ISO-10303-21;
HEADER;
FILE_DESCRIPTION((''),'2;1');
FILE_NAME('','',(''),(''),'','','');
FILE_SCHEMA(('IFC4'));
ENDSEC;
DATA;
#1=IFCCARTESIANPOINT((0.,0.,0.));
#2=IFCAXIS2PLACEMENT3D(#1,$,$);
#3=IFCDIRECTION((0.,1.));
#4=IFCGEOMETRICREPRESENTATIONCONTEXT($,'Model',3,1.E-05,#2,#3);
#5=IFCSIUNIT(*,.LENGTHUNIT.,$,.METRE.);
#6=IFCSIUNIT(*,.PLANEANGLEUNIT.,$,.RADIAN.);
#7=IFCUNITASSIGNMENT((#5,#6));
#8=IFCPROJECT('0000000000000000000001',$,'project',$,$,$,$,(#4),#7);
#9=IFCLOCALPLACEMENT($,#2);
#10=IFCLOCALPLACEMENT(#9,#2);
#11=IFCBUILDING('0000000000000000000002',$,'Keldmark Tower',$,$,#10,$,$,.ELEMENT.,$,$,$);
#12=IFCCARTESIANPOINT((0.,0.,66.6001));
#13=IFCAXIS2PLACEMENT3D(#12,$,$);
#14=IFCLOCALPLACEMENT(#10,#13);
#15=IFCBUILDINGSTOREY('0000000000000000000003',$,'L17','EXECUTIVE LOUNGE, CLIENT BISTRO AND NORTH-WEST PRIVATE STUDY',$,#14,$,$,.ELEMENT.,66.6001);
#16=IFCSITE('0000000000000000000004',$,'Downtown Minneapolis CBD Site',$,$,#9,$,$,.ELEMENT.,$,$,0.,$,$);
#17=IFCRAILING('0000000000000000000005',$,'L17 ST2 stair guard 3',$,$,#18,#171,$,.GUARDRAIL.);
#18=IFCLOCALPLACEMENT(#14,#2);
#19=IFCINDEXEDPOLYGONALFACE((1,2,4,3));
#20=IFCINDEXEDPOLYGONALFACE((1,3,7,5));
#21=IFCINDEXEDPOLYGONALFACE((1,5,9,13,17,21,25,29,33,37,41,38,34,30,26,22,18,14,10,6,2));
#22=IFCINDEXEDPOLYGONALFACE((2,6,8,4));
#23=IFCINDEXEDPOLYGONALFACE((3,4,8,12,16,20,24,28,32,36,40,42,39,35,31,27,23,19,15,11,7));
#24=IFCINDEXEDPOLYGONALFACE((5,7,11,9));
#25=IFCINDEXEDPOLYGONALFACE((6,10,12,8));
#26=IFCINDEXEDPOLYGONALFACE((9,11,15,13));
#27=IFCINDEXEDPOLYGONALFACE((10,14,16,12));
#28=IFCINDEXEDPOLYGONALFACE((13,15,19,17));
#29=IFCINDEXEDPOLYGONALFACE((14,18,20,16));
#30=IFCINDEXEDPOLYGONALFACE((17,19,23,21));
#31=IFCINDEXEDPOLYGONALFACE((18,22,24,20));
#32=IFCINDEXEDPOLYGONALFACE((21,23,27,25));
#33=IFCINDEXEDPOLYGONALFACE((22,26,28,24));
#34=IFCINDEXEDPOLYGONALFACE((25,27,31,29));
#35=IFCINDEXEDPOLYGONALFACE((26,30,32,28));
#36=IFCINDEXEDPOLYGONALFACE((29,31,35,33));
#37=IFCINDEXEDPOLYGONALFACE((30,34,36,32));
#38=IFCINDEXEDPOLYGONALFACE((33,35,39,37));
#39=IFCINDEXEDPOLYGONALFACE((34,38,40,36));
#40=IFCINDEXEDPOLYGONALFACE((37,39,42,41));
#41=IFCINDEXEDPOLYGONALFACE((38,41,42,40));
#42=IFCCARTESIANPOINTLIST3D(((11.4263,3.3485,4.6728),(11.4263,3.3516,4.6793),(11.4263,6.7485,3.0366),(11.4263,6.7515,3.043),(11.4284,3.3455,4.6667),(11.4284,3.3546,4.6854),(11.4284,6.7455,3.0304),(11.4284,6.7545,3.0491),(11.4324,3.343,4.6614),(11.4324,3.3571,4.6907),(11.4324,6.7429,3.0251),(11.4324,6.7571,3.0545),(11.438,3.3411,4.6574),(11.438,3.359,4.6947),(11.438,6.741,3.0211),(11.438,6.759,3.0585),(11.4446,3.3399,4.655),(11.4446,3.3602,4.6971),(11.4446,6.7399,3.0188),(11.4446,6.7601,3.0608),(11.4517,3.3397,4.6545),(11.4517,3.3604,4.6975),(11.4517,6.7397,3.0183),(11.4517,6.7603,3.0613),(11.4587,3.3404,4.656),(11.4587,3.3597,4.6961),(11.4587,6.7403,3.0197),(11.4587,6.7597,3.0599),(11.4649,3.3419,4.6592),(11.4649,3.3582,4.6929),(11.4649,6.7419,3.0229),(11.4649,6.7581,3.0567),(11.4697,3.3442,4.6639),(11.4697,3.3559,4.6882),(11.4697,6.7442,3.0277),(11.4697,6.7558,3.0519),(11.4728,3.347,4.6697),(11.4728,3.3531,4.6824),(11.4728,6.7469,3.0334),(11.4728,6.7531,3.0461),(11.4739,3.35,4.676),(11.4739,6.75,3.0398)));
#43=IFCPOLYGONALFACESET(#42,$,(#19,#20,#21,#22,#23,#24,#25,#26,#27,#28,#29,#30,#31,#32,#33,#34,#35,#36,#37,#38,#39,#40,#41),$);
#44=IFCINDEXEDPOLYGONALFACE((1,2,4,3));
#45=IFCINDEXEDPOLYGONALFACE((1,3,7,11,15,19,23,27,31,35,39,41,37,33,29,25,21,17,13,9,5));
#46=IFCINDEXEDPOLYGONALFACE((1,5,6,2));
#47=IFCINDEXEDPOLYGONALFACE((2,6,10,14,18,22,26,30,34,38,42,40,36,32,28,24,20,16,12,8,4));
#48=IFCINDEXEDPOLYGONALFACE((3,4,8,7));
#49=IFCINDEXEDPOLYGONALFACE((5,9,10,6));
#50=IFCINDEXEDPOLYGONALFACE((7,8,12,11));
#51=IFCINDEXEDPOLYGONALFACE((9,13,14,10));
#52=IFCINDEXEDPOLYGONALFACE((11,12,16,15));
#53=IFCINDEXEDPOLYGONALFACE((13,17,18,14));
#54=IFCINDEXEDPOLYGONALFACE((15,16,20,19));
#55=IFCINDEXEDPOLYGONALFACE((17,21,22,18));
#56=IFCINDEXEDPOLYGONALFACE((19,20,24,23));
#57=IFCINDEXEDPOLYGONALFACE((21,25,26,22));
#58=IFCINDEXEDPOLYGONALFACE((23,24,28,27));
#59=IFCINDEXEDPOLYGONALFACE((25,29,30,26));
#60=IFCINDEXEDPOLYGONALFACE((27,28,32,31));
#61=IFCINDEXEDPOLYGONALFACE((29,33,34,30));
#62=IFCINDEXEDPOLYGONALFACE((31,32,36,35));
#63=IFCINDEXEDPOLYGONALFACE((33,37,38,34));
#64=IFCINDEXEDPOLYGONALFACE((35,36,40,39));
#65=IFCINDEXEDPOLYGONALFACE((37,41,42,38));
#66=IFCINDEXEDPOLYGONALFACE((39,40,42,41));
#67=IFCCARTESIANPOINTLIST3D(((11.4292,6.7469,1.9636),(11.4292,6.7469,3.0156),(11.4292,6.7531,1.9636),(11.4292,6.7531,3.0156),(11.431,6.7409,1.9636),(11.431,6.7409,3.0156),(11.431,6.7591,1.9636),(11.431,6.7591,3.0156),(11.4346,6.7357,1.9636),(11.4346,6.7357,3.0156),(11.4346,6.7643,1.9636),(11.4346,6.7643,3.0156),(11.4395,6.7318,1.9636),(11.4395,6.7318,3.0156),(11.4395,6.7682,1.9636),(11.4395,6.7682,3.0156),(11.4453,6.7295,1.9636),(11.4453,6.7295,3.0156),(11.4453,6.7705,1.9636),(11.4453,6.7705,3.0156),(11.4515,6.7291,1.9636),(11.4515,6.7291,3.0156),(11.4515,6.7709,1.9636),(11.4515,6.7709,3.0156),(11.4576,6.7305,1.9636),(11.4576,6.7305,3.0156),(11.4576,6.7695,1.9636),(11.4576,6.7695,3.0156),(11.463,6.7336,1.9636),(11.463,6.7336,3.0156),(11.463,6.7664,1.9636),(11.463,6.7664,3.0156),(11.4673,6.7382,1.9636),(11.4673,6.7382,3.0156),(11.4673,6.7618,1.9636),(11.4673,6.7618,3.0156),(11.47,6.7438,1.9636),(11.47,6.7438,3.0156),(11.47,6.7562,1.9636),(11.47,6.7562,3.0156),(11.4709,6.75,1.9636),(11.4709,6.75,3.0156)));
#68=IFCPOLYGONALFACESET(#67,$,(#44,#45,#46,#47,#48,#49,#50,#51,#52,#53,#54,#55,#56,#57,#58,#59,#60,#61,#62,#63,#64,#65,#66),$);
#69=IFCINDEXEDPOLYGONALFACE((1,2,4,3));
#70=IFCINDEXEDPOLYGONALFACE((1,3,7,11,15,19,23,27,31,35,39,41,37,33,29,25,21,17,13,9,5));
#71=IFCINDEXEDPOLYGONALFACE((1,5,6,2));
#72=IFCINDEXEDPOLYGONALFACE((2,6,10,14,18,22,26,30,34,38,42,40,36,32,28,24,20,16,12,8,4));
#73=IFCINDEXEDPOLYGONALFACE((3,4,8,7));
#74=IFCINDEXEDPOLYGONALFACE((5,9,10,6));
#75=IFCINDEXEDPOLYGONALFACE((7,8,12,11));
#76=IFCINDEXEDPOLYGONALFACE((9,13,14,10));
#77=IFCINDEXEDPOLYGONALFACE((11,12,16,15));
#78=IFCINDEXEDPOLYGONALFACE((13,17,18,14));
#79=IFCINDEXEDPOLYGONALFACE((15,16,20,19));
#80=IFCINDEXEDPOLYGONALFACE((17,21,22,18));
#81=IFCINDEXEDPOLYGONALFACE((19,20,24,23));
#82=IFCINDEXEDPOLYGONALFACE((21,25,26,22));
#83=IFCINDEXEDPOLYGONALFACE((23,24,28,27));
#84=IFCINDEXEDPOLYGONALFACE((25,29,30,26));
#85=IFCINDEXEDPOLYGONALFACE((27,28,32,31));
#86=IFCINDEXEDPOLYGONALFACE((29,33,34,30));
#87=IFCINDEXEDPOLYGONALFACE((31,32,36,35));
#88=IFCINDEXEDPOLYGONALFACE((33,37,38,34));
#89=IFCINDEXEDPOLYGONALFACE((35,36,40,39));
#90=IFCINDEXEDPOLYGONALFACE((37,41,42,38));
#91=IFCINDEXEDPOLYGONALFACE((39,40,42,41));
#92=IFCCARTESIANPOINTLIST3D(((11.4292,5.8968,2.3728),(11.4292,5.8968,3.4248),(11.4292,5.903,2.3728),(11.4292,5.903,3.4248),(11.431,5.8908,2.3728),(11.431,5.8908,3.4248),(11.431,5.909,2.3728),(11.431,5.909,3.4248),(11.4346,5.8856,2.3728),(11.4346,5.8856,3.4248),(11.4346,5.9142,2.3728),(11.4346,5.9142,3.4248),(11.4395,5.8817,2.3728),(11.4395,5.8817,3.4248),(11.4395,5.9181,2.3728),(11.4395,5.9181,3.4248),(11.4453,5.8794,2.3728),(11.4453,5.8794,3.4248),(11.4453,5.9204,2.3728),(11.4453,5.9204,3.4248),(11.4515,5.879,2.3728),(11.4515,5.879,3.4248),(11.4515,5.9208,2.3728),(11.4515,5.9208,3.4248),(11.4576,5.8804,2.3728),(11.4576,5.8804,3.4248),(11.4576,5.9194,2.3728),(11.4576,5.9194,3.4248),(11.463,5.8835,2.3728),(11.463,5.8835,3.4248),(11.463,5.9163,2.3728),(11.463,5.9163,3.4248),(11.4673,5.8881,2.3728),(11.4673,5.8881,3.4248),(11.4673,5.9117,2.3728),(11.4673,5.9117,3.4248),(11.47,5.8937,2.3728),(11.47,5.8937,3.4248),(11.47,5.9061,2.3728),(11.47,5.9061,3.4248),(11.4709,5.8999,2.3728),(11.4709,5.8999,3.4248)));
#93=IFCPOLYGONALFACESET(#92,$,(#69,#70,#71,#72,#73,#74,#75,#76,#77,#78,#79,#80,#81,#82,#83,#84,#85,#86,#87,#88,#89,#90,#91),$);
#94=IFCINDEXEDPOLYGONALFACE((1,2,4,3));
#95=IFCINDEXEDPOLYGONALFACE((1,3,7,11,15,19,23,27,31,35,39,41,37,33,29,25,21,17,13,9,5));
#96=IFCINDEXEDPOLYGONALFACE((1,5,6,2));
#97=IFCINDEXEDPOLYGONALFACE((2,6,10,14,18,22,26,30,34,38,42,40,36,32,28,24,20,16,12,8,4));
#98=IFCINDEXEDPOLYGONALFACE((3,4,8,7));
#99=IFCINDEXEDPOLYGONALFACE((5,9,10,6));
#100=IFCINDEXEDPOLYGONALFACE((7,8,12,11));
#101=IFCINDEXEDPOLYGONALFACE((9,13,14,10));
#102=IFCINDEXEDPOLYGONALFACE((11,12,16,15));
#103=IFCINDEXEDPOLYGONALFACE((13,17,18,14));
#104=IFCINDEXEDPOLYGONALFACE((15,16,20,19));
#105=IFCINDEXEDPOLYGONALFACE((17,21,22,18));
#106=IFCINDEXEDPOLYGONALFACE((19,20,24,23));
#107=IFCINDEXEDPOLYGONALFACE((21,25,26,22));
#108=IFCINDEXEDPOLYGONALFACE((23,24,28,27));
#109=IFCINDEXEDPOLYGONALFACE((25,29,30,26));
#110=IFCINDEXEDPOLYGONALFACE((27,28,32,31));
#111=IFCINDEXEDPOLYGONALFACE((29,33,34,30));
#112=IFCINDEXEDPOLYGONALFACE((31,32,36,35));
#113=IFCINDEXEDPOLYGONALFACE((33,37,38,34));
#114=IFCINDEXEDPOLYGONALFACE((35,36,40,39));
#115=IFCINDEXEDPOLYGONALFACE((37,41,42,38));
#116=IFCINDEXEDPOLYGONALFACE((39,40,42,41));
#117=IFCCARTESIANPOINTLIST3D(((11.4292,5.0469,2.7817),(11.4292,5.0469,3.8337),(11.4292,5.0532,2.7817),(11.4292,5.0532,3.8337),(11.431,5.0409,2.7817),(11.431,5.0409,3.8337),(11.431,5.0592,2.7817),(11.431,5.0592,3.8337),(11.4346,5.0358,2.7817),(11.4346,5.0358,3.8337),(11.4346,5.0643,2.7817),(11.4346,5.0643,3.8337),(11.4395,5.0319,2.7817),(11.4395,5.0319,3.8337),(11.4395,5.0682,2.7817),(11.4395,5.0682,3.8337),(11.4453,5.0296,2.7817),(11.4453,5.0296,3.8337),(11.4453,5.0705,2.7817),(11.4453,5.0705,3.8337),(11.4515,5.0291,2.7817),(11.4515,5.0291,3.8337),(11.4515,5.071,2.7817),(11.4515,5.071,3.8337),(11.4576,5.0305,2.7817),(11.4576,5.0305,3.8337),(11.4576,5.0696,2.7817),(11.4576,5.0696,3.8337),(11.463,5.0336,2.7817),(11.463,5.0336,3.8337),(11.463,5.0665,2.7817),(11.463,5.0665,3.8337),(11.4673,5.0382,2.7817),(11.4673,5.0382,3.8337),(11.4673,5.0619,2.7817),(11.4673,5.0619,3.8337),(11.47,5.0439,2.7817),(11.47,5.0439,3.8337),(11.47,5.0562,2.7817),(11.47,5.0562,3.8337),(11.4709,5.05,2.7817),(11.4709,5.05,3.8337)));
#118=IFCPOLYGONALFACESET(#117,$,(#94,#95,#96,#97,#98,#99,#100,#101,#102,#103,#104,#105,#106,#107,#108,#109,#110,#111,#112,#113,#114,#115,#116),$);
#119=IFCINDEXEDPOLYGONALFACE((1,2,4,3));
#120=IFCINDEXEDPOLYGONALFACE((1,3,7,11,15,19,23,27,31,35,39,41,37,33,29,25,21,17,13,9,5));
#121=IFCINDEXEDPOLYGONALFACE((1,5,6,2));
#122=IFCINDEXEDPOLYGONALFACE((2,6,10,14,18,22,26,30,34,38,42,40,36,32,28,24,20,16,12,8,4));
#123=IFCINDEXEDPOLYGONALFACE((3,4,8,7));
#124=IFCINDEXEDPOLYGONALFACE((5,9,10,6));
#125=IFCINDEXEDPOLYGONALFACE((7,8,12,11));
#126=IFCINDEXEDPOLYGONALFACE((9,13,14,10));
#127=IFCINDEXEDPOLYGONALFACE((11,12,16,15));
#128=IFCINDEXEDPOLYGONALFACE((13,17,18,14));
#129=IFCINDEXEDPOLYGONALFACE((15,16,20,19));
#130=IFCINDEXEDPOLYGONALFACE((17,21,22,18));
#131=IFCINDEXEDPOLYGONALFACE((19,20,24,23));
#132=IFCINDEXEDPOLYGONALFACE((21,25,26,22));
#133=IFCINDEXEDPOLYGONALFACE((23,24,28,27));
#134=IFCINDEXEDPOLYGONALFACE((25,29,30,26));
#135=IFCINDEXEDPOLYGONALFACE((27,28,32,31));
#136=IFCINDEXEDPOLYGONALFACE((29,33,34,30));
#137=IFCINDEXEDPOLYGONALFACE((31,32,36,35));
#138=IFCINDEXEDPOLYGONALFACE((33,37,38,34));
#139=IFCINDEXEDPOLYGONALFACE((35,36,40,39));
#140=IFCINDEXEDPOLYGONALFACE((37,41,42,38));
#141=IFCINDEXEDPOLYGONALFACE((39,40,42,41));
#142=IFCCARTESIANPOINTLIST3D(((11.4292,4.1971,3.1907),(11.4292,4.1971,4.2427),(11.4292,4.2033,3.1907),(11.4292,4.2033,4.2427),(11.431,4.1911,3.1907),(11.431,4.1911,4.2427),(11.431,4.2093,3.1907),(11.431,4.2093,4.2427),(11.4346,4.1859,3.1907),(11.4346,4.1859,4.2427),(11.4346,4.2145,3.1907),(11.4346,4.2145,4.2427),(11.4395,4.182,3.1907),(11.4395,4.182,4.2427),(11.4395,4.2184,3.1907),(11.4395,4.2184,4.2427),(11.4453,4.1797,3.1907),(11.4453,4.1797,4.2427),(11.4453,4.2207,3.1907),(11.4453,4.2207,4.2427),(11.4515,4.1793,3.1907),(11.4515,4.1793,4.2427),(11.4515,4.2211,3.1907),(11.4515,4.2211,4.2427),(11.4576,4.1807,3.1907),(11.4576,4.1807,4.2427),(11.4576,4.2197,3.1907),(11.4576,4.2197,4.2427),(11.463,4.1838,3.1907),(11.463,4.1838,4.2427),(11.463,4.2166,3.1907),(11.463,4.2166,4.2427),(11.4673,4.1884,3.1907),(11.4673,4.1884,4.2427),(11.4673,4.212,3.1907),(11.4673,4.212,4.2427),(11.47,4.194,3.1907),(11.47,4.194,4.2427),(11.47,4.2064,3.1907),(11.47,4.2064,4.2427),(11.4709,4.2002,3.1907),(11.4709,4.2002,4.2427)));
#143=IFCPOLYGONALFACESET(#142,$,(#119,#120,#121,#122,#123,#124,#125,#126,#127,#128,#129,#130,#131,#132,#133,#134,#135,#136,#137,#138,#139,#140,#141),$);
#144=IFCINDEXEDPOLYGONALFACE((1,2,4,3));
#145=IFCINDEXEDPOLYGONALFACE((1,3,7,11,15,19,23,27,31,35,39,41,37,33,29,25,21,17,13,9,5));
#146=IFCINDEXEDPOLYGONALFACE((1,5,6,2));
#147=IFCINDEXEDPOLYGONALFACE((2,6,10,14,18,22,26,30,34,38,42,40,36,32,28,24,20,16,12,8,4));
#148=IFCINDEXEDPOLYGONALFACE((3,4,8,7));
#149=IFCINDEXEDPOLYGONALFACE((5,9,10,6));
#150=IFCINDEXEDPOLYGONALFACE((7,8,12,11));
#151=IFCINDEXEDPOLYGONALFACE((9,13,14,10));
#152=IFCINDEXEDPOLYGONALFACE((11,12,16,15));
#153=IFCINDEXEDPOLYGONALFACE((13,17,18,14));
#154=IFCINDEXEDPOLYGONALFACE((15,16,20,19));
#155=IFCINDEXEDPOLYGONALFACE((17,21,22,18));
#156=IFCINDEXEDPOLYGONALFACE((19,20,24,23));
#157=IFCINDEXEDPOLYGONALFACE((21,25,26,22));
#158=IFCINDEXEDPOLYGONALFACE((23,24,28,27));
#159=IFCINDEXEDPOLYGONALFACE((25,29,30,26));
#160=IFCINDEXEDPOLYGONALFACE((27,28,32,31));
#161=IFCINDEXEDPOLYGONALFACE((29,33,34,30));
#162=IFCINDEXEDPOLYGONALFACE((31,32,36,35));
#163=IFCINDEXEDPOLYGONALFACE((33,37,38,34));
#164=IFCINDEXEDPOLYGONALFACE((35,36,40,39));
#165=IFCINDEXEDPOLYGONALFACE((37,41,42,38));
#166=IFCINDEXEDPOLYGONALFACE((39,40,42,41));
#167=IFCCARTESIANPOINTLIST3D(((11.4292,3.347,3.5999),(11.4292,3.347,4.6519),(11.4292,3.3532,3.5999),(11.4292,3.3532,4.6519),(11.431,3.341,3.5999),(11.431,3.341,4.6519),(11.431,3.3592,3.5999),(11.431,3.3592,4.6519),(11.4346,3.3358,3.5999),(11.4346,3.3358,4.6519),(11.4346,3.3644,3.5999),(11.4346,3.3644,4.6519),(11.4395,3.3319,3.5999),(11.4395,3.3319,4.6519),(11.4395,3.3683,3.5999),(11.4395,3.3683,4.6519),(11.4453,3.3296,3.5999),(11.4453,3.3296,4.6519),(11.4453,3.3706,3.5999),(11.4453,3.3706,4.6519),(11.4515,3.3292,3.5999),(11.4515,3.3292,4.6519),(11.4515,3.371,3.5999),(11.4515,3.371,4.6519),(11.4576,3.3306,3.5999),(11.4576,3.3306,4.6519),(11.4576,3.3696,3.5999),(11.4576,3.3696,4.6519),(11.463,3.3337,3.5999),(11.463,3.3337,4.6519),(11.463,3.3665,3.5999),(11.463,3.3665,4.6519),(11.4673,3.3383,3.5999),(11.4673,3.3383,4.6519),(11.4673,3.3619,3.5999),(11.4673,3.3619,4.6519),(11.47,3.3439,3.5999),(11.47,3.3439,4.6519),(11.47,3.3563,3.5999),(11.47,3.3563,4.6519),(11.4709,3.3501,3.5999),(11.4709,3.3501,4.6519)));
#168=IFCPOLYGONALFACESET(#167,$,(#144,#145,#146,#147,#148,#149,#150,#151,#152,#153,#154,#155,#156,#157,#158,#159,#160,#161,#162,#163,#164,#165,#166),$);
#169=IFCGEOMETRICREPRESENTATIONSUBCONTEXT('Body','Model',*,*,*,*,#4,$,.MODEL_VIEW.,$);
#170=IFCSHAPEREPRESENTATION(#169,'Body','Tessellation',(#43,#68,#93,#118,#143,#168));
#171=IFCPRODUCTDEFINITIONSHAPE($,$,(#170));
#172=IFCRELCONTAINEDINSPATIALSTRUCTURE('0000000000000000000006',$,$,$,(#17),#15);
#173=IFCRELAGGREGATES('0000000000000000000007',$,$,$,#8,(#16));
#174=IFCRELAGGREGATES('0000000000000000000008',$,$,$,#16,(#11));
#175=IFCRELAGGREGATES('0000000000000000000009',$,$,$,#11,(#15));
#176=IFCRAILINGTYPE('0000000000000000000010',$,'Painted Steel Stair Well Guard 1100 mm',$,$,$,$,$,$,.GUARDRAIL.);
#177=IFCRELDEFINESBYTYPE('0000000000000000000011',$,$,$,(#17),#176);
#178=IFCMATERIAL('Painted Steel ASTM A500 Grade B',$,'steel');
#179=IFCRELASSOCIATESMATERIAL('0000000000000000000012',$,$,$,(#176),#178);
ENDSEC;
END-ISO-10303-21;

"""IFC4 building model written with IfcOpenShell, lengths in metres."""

from ifc_helpers import new_model, si_unit, direction, frame, origin, origin_2d, place, context, subcontext, project, spatial, circle, extrude, material, type_object, element, save


model = new_model("IFC4")

# Units and contexts
model_context = context("Model", 3, precision=1e-05, world=origin(), true_north=direction((0.0, 1.0)))
body_context = subcontext(model_context, "Body", "Model", "MODEL_VIEW")
ifc_project = project(units=[si_unit("LENGTHUNIT", "METRE"), si_unit("PLANEANGLEUNIT", "RADIAN")], contexts=[model_context])

# Site, building, storey
site_placement = place(None, origin())
site = spatial("IfcSite", under=ifc_project, at=site_placement, Name="Downtown Minneapolis CBD Site", CompositionType="ELEMENT", RefElevation=0.0)
building_placement = place(site_placement, origin())
building = spatial("IfcBuilding", under=site, at=building_placement, Name="Keldmark Tower", CompositionType="ELEMENT")
storey_placement = place(building_placement, frame((0.0, 0.0, 66.6001)))
storey = spatial("IfcBuildingStorey", under=building, at=storey_placement, Name="L17", Description="EXECUTIVE LOUNGE, CLIENT BISTRO AND NORTH-WEST PRIVATE STUDY", CompositionType="ELEMENT", Elevation=66.6001)

# Railing
ifc_material_1 = material(Name="Painted Steel ASTM A500 Grade B", Category="steel")
railing_type_1 = type_object("IfcRailingType", Name="Painted Steel Stair Well Guard 1100 mm", PredefinedType="GUARDRAIL", material=ifc_material_1)
railing_1_placement = place(storey_placement, frame((11.45, 6.75, 1.9636)))
element("IfcRailing", 1, at=railing_1_placement, inside=storey, type_object=railing_type_1, Name="L17 ST2 stair guard 3", PredefinedType="GUARDRAIL", context=body_context, shape_type="SweptSolid", body=[
    extrude(circle(Radius=0.0239, at=origin_2d()), frame((0.0, 0.0, 1.0762), z_axis=(0.0, -0.90108, 0.433652), x_axis=(1.0, 0.0, 0.0)), (0.0, 0.0, 1.0), 3.7732),
    extrude(circle(Radius=0.021, at=origin_2d()), origin(), (0.0, 0.0, 1.0), 1.052),
    extrude(circle(Radius=0.021, at=origin_2d()), frame((0.0, -0.8501, 0.4092)), (0.0, 0.0, 1.0), 1.052),
    extrude(circle(Radius=0.021, at=origin_2d()), frame((0.0, -1.7, 0.8181)), (0.0, 0.0, 1.0), 1.052),
    extrude(circle(Radius=0.021, at=origin_2d()), frame((0.0, -2.5498, 1.2271)), (0.0, 0.0, 1.0), 1.052),
    extrude(circle(Radius=0.021, at=origin_2d()), frame((0.0, -3.3999, 1.6362)), (0.0, 0.0, 1.0), 1.052),
])

save(model, "model.ifc")
